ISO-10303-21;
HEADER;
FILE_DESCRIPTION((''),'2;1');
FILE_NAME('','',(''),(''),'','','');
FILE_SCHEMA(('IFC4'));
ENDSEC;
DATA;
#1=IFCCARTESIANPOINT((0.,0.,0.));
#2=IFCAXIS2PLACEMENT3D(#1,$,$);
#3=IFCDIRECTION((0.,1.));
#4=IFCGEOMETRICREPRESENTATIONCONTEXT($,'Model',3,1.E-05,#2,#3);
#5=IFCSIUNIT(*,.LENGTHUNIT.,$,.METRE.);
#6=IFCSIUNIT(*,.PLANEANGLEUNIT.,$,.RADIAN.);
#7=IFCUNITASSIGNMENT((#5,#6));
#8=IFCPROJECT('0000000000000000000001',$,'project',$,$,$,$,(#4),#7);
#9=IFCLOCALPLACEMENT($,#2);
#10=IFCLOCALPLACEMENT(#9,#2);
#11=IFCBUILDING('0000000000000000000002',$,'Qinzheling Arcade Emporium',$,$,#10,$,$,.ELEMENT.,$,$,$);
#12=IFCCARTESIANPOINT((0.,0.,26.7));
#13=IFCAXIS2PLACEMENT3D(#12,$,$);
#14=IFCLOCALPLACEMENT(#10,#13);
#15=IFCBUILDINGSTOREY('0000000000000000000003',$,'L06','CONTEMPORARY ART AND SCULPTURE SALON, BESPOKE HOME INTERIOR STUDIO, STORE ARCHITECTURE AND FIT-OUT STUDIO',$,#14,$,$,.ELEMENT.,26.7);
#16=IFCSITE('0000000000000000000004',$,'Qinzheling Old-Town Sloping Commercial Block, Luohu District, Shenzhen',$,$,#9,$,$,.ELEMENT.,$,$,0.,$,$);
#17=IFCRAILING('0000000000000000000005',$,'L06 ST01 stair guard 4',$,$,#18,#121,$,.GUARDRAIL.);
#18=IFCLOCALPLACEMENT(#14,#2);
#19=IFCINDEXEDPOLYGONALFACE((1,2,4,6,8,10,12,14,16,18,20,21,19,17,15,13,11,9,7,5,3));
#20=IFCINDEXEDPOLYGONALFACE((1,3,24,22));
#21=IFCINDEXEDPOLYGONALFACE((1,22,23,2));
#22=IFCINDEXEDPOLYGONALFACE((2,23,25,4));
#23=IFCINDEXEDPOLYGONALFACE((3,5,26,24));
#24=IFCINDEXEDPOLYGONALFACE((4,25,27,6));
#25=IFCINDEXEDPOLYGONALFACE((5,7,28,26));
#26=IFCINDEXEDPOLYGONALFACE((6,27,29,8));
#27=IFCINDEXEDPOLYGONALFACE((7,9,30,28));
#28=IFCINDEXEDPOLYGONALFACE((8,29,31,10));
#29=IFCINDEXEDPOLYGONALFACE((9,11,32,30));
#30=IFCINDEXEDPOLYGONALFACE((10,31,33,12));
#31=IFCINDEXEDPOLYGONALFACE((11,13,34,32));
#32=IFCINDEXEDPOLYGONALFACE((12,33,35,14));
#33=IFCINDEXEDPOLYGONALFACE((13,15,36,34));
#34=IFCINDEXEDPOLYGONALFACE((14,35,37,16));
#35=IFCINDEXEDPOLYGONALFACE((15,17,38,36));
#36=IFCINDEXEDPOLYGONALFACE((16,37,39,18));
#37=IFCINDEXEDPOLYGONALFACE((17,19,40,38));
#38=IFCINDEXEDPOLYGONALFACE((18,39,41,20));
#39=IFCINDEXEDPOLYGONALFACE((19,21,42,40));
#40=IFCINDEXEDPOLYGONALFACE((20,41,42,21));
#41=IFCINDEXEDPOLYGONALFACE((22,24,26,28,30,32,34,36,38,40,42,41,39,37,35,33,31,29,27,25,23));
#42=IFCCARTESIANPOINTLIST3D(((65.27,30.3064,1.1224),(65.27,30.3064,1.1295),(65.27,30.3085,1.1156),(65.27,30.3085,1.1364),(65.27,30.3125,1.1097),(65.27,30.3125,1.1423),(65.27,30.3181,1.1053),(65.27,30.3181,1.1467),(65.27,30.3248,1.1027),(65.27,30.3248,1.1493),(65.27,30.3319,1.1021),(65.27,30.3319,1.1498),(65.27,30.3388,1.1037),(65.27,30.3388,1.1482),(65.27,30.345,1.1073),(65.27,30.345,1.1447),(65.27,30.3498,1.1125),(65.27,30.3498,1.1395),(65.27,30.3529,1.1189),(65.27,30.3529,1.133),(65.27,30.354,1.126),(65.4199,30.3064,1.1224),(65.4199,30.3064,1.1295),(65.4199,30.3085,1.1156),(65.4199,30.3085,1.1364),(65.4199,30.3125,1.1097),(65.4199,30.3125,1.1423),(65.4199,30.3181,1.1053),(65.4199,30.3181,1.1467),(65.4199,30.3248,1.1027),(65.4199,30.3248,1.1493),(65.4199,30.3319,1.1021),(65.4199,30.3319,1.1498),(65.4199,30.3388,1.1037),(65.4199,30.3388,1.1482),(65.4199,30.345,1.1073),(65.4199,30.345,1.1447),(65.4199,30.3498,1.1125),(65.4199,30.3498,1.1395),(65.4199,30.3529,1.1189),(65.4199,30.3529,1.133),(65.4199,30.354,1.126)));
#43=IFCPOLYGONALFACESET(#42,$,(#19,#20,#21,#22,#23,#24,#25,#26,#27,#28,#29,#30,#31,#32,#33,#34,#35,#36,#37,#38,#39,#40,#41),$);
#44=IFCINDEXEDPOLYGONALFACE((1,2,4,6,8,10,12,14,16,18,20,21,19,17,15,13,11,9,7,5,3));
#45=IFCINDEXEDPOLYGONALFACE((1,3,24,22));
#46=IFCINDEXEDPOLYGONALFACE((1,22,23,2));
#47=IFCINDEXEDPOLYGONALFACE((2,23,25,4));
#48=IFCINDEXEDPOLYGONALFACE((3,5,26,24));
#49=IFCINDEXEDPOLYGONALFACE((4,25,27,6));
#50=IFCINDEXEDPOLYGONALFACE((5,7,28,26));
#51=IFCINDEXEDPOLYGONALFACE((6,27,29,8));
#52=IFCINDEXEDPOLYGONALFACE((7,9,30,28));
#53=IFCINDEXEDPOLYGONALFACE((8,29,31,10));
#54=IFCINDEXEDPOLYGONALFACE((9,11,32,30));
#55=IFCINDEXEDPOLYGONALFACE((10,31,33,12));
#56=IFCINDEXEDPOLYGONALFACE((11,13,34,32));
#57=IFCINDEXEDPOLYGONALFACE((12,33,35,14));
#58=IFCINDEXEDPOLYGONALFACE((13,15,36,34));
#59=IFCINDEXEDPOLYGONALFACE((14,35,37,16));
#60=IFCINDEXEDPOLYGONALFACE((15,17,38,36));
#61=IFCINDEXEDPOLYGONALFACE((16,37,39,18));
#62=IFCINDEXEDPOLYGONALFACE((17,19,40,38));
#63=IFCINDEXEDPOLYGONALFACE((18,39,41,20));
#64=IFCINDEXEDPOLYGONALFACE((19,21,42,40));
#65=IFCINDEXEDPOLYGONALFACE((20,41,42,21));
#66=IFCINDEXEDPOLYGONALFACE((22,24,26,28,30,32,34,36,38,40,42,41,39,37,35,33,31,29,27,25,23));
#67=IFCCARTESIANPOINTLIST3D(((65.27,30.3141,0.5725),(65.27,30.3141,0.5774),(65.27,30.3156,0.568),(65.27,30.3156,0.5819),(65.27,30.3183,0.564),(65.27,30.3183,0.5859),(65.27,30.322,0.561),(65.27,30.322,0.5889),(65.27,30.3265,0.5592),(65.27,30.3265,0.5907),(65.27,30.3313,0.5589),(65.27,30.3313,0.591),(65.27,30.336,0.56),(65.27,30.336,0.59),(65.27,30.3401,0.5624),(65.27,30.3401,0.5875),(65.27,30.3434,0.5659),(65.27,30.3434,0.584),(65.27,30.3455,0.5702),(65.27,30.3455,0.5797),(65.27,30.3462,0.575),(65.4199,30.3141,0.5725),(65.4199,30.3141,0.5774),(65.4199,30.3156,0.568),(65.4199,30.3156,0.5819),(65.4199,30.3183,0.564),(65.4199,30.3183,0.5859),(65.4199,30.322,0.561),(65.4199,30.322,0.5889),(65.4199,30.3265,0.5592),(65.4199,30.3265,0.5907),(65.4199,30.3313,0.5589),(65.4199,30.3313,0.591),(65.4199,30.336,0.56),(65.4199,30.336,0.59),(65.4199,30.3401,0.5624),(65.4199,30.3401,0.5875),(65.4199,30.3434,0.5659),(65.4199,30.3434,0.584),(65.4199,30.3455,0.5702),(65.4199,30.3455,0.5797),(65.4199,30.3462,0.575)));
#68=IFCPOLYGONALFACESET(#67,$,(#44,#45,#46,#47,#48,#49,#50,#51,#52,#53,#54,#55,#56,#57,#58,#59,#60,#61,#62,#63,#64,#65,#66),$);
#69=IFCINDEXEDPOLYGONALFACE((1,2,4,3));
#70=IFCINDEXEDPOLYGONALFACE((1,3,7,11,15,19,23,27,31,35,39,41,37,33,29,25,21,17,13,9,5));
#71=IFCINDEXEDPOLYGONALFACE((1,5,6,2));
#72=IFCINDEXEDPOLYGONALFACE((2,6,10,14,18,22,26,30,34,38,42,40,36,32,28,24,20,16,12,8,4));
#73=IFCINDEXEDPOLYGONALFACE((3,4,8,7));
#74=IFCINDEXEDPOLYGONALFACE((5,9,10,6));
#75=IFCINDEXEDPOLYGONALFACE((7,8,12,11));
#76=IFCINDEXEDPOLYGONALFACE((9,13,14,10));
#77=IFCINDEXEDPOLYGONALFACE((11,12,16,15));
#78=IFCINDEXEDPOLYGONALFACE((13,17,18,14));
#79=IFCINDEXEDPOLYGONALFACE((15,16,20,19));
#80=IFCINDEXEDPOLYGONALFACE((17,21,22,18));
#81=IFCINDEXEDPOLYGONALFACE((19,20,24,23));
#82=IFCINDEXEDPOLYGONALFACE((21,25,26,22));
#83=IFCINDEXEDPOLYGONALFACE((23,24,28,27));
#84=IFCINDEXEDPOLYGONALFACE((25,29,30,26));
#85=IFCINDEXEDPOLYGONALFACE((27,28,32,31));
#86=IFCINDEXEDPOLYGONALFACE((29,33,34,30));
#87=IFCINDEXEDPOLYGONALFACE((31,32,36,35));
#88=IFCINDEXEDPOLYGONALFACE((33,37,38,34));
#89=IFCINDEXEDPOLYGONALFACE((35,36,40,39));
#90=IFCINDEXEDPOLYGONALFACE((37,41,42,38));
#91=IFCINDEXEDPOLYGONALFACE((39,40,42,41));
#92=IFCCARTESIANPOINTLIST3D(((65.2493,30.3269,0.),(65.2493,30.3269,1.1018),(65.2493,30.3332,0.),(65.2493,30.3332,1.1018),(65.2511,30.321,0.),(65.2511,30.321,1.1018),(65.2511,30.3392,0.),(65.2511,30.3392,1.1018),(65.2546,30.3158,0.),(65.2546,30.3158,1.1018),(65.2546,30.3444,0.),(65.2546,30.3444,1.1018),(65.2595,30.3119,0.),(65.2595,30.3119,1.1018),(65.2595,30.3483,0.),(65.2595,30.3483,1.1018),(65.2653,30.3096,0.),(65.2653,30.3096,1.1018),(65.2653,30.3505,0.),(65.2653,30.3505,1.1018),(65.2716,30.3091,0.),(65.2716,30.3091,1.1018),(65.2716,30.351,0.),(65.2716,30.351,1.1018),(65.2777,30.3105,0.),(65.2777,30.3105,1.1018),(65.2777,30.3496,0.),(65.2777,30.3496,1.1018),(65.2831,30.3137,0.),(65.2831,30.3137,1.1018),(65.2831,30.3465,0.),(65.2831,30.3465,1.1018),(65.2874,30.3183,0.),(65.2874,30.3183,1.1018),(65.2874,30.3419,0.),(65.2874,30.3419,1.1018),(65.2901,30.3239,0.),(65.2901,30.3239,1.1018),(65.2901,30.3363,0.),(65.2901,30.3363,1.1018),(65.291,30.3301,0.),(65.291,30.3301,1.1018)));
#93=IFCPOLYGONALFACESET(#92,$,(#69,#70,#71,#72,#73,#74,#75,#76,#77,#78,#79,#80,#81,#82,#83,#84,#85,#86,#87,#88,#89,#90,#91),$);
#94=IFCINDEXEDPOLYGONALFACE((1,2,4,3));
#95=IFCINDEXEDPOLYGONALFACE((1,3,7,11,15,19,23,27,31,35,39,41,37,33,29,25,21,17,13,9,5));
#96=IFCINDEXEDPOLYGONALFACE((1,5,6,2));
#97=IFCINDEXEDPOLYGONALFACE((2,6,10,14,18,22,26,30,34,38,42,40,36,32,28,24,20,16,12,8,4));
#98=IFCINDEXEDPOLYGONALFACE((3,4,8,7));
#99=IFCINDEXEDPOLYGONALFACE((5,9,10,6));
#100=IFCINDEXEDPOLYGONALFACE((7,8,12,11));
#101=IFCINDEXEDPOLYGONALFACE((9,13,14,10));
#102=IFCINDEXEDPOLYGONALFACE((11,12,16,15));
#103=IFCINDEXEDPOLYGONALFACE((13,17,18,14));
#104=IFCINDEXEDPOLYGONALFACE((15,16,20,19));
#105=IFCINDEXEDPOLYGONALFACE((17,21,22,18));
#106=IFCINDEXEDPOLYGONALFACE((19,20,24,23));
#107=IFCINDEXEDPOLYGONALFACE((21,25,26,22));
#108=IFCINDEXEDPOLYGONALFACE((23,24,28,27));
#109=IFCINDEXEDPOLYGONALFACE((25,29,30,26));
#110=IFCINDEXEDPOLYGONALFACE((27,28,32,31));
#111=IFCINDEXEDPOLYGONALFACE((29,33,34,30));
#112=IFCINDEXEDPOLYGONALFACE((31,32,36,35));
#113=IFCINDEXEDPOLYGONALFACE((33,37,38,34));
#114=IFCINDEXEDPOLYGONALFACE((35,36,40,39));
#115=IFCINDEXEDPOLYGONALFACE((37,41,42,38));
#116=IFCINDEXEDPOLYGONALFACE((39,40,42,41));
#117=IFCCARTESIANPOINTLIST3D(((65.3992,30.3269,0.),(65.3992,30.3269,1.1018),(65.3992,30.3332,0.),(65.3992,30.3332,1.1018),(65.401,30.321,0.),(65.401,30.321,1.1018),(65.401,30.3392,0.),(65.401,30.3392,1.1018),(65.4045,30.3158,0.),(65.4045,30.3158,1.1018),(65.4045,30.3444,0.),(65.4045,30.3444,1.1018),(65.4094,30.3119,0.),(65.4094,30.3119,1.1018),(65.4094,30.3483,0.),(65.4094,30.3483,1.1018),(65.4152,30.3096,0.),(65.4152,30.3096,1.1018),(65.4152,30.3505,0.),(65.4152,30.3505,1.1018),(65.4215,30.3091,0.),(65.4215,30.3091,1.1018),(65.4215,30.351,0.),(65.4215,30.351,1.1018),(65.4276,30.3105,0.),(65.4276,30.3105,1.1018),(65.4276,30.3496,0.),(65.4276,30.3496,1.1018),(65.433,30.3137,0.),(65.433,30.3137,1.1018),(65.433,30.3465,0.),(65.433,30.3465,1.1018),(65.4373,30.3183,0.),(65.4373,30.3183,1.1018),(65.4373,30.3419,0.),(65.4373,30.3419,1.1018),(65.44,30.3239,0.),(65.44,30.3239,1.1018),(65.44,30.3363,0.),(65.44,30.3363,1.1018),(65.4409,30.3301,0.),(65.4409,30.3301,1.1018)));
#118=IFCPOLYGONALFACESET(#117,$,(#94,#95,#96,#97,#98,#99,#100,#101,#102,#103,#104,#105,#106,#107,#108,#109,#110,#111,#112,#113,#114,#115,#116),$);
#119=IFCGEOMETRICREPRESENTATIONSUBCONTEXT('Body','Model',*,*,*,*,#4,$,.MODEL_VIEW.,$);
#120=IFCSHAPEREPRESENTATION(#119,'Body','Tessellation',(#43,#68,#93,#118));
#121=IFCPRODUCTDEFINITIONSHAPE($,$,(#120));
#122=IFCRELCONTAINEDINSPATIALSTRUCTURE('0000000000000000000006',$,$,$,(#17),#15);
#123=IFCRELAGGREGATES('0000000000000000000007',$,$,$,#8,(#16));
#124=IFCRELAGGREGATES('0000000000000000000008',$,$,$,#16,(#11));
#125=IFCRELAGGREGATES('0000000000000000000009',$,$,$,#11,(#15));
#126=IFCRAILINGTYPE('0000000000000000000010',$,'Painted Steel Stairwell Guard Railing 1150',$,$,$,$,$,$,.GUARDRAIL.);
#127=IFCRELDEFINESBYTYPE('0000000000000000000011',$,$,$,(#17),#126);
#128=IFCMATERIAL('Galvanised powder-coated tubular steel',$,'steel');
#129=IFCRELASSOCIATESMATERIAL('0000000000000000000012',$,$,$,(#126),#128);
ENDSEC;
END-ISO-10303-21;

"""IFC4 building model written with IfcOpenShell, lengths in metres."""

from ifc_helpers import new_model, si_unit, direction, frame, origin, origin_2d, place, context, subcontext, project, spatial, circle, extrude, material, type_object, element, save


model = new_model("IFC4")

# Units and contexts
model_context = context("Model", 3, precision=1e-05, world=origin(), true_north=direction((0.0, 1.0)))
body_context = subcontext(model_context, "Body", "Model", "MODEL_VIEW")
ifc_project = project(units=[si_unit("LENGTHUNIT", "METRE"), si_unit("PLANEANGLEUNIT", "RADIAN")], contexts=[model_context])

# Site, building, storey
site_placement = place(None, origin())
site = spatial("IfcSite", under=ifc_project, at=site_placement, Name="Qinzheling Old-Town Sloping Commercial Block, Luohu District, Shenzhen", CompositionType="ELEMENT", RefElevation=0.0)
building_placement = place(site_placement, origin())
building = spatial("IfcBuilding", under=site, at=building_placement, Name="Qinzheling Arcade Emporium", CompositionType="ELEMENT")
storey_placement = place(building_placement, frame((0.0, 0.0, 26.7)))
storey = spatial("IfcBuildingStorey", under=building, at=storey_placement, Name="L06", Description="CONTEMPORARY ART AND SCULPTURE SALON, BESPOKE HOME INTERIOR STUDIO, STORE ARCHITECTURE AND FIT-OUT STUDIO", CompositionType="ELEMENT", Elevation=26.7)

# Railing
ifc_material_1 = material(Name="Galvanised powder-coated tubular steel", Category="steel")
railing_type_1 = type_object("IfcRailingType", Name="Painted Steel Stairwell Guard Railing 1150", PredefinedType="GUARDRAIL", material=ifc_material_1)
railing_1_placement = place(storey_placement, frame((65.27, 30.3301, 0.0)))
element("IfcRailing", 1, at=railing_1_placement, inside=storey, type_object=railing_type_1, Name="L06 ST01 stair guard 4", PredefinedType="GUARDRAIL", context=body_context, shape_type="SweptSolid", body=[
    extrude(circle(Radius=0.0239, at=origin_2d()), frame((0.0, 0.0, 1.126), z_axis=(1.0, 0.0, 0.0), x_axis=(0.0, 1.0, 0.0)), (0.0, 0.0, 1.0), 0.1499),
    extrude(circle(Radius=0.0161, at=origin_2d()), frame((0.0, 0.0, 0.575), z_axis=(1.0, 0.0, 0.0), x_axis=(0.0, 1.0, 0.0)), (0.0, 0.0, 1.0), 0.1499),
    extrude(circle(Radius=0.021, at=origin_2d()), origin(), (0.0, 0.0, 1.0), 1.1018),
    extrude(circle(Radius=0.021, at=origin_2d()), frame((0.1499, 0.0, 0.0)), (0.0, 0.0, 1.0), 1.1018),
])

save(model, "model.ifc")
